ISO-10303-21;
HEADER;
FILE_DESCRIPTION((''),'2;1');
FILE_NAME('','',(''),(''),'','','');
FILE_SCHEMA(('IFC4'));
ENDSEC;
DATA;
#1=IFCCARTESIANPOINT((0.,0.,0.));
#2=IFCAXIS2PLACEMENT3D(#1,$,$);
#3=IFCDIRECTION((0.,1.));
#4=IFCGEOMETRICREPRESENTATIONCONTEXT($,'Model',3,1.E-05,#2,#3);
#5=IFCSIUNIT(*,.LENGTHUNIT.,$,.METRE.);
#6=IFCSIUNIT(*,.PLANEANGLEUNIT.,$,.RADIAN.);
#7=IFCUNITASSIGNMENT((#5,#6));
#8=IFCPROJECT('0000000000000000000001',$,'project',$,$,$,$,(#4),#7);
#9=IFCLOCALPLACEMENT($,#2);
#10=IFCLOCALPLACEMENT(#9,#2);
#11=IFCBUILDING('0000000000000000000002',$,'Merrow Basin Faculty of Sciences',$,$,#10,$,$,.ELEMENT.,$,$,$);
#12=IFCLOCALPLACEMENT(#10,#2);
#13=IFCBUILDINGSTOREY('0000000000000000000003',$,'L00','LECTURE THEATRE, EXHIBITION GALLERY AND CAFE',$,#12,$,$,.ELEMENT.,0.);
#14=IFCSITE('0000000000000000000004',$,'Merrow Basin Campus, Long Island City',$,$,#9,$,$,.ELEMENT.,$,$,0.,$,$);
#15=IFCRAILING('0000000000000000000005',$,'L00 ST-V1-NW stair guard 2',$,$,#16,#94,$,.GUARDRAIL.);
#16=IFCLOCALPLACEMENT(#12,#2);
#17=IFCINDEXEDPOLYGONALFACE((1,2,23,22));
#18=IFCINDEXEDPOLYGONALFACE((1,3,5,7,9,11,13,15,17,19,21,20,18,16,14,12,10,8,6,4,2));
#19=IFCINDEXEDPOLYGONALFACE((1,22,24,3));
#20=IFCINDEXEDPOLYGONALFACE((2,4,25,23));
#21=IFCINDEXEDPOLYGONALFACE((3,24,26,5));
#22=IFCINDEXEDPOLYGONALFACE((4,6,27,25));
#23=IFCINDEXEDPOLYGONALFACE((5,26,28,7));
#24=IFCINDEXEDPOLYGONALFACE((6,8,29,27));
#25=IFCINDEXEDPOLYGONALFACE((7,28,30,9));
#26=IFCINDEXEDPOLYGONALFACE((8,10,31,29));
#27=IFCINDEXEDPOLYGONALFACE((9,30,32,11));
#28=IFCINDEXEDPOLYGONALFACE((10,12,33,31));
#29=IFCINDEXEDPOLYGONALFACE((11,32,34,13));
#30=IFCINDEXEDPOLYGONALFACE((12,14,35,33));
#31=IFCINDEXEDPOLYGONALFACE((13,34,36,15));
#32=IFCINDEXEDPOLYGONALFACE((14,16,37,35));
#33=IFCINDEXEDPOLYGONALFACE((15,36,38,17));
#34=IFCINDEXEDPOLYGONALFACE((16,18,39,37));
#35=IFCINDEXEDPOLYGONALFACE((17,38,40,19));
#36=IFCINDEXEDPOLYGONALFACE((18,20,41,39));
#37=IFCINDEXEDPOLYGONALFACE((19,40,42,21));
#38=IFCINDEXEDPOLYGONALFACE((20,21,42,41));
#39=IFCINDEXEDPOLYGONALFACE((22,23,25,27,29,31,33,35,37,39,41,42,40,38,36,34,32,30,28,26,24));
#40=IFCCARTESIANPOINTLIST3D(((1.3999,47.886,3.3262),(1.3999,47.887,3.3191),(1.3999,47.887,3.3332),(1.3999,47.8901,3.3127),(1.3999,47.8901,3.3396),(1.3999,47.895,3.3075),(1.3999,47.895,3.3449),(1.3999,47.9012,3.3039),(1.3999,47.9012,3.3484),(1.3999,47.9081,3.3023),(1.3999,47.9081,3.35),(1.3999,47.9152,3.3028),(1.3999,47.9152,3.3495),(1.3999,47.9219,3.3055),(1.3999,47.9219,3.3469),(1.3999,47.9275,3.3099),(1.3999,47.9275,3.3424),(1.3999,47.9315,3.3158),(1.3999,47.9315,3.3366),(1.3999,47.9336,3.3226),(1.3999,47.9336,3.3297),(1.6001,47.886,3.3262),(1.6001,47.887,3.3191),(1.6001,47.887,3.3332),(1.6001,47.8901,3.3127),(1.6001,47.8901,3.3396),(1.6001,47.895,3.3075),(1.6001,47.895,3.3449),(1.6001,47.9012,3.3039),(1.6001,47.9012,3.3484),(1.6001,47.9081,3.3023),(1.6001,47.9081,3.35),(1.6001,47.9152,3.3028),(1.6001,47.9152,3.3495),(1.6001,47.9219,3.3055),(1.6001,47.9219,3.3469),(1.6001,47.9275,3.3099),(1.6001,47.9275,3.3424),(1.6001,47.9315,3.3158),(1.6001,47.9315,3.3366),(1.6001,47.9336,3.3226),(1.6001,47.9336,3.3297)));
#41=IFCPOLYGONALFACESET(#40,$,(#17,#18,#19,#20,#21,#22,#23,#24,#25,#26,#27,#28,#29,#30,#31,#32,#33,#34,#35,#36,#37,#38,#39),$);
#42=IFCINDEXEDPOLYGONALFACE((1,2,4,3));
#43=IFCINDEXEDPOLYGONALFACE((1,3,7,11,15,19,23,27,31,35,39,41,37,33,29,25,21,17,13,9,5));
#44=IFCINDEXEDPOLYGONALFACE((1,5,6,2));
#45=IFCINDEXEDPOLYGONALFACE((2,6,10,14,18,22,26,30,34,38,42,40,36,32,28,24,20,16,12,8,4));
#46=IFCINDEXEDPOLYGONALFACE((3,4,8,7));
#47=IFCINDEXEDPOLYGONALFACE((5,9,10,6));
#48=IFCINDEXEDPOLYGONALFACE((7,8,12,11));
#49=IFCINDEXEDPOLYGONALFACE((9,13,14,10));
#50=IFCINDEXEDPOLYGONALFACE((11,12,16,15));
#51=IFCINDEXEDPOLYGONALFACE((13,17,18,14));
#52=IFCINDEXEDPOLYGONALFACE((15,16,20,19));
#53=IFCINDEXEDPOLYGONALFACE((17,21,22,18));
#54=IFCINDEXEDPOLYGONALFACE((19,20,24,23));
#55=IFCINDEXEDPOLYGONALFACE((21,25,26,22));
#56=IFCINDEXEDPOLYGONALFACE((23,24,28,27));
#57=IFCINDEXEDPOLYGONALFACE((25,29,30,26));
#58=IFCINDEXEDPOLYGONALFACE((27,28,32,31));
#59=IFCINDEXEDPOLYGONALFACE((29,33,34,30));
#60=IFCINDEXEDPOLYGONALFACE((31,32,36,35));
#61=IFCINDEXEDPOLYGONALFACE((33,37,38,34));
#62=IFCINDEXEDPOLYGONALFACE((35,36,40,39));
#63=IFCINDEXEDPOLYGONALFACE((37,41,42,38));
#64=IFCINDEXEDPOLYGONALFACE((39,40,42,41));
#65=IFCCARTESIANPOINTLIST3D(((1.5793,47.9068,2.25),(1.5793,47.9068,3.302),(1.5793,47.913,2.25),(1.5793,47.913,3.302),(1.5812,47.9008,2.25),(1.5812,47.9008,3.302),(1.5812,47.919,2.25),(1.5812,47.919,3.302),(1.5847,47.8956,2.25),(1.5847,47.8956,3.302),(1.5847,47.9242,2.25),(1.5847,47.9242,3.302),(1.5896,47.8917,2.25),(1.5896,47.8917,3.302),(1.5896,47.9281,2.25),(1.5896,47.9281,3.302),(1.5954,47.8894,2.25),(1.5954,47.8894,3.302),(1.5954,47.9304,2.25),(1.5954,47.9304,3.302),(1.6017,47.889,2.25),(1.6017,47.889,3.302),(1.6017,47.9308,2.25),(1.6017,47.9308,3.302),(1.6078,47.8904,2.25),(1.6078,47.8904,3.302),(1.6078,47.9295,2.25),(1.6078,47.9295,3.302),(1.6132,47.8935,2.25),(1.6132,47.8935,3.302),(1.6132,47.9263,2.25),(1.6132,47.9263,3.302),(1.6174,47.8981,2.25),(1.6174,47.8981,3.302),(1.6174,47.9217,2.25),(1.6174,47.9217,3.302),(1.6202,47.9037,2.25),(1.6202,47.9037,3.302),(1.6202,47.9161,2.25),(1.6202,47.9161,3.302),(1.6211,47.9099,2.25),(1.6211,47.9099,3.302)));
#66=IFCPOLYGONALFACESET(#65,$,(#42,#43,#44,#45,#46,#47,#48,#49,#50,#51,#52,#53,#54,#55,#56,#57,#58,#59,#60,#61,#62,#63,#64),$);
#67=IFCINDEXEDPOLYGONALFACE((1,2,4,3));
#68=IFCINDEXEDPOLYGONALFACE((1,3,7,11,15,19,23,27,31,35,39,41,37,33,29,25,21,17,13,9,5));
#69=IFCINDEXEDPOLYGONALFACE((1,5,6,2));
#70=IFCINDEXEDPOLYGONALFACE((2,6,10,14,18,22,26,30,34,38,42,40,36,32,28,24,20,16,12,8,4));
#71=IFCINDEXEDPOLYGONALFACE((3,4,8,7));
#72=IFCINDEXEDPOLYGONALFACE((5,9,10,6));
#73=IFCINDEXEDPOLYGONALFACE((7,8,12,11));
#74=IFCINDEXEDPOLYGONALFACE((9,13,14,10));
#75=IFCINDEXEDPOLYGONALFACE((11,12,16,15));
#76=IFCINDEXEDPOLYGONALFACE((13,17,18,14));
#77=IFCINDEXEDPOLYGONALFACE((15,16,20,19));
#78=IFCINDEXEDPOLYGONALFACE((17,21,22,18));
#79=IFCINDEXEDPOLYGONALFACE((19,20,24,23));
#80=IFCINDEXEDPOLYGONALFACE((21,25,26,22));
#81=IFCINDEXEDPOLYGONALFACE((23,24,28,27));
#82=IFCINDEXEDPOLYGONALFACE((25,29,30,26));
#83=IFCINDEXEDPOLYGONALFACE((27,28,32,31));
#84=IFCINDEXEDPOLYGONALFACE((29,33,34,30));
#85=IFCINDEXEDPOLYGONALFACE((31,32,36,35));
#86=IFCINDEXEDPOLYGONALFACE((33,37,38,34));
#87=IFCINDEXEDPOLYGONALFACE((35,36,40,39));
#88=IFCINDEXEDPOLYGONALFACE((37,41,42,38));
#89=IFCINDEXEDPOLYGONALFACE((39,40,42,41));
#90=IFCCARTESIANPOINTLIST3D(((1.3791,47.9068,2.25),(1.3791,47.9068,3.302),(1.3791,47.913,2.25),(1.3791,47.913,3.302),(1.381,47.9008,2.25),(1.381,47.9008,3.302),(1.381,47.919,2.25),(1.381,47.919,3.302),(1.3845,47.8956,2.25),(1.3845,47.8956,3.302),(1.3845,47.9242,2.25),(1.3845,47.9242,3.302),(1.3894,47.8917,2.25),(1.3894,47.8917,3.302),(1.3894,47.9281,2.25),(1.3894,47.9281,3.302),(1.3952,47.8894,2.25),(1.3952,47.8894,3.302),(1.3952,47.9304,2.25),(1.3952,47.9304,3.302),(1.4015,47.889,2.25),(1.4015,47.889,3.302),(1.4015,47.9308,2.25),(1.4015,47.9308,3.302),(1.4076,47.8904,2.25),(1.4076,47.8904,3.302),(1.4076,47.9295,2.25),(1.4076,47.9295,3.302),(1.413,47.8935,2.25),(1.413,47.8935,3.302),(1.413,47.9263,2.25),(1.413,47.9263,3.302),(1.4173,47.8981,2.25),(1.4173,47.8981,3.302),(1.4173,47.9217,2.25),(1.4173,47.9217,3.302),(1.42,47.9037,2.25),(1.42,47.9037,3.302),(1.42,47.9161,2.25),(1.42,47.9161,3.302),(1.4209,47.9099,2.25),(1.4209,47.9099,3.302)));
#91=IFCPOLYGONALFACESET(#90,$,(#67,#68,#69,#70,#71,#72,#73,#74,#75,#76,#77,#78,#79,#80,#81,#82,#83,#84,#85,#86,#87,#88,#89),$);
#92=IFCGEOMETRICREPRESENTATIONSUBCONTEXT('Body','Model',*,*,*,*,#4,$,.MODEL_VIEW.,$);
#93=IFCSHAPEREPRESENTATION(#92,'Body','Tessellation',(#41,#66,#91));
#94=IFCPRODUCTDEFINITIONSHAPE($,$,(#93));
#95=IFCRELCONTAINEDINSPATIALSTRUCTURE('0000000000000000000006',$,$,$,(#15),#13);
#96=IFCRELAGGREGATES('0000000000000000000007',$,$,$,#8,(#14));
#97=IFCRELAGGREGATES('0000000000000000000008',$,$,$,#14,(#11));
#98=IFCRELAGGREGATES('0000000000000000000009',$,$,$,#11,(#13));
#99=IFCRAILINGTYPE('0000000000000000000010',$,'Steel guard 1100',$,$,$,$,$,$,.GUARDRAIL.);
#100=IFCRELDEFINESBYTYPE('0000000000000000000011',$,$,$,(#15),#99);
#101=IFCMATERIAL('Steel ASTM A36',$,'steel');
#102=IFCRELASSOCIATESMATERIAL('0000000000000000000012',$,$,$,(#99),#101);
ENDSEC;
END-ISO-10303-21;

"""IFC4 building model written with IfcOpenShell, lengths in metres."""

from ifc_helpers import new_model, si_unit, direction, frame, origin, origin_2d, place, context, subcontext, project, spatial, circle, extrude, material, type_object, element, save


model = new_model("IFC4")

# Units and contexts
model_context = context("Model", 3, precision=1e-05, world=origin(), true_north=direction((0.0, 1.0)))
body_context = subcontext(model_context, "Body", "Model", "MODEL_VIEW")
ifc_project = project(units=[si_unit("LENGTHUNIT", "METRE"), si_unit("PLANEANGLEUNIT", "RADIAN")], contexts=[model_context])

# Site, building, storey
site_placement = place(None, origin())
site = spatial("IfcSite", under=ifc_project, at=site_placement, Name="Merrow Basin Campus, Long Island City", CompositionType="ELEMENT", RefElevation=0.0)
building_placement = place(site_placement, origin())
building = spatial("IfcBuilding", under=site, at=building_placement, Name="Merrow Basin Faculty of Sciences", CompositionType="ELEMENT")
storey_placement = place(building_placement, origin())
storey = spatial("IfcBuildingStorey", under=building, at=storey_placement, Name="L00", Description="LECTURE THEATRE, EXHIBITION GALLERY AND CAFE", CompositionType="ELEMENT", Elevation=0.0)

# Railing
ifc_material_1 = material(Name="Steel ASTM A36", Category="steel")
railing_type_1 = type_object("IfcRailingType", Name="Steel guard 1100", PredefinedType="GUARDRAIL", material=ifc_material_1)
railing_1_placement = place(storey_placement, frame((1.6001, 47.9099, 2.25)))
element("IfcRailing", 1, at=railing_1_placement, inside=storey, type_object=railing_type_1, Name="L00 ST-V1-NW stair guard 2", PredefinedType="GUARDRAIL", context=body_context, shape_type="SweptSolid", body=[
    extrude(circle(Radius=0.0239, at=origin_2d()), frame((0.0, 0.0, 1.0762), z_axis=(-1.0, 0.0, 0.0), x_axis=(0.0, -1.0, 0.0)), (0.0, 0.0, 1.0), 0.2002),
    extrude(circle(Radius=0.021, at=origin_2d()), origin(), (0.0, 0.0, 1.0), 1.052),
    extrude(circle(Radius=0.021, at=origin_2d()), frame((-0.2002, 0.0, 0.0)), (0.0, 0.0, 1.0), 1.052),
])

save(model, "model.ifc")
